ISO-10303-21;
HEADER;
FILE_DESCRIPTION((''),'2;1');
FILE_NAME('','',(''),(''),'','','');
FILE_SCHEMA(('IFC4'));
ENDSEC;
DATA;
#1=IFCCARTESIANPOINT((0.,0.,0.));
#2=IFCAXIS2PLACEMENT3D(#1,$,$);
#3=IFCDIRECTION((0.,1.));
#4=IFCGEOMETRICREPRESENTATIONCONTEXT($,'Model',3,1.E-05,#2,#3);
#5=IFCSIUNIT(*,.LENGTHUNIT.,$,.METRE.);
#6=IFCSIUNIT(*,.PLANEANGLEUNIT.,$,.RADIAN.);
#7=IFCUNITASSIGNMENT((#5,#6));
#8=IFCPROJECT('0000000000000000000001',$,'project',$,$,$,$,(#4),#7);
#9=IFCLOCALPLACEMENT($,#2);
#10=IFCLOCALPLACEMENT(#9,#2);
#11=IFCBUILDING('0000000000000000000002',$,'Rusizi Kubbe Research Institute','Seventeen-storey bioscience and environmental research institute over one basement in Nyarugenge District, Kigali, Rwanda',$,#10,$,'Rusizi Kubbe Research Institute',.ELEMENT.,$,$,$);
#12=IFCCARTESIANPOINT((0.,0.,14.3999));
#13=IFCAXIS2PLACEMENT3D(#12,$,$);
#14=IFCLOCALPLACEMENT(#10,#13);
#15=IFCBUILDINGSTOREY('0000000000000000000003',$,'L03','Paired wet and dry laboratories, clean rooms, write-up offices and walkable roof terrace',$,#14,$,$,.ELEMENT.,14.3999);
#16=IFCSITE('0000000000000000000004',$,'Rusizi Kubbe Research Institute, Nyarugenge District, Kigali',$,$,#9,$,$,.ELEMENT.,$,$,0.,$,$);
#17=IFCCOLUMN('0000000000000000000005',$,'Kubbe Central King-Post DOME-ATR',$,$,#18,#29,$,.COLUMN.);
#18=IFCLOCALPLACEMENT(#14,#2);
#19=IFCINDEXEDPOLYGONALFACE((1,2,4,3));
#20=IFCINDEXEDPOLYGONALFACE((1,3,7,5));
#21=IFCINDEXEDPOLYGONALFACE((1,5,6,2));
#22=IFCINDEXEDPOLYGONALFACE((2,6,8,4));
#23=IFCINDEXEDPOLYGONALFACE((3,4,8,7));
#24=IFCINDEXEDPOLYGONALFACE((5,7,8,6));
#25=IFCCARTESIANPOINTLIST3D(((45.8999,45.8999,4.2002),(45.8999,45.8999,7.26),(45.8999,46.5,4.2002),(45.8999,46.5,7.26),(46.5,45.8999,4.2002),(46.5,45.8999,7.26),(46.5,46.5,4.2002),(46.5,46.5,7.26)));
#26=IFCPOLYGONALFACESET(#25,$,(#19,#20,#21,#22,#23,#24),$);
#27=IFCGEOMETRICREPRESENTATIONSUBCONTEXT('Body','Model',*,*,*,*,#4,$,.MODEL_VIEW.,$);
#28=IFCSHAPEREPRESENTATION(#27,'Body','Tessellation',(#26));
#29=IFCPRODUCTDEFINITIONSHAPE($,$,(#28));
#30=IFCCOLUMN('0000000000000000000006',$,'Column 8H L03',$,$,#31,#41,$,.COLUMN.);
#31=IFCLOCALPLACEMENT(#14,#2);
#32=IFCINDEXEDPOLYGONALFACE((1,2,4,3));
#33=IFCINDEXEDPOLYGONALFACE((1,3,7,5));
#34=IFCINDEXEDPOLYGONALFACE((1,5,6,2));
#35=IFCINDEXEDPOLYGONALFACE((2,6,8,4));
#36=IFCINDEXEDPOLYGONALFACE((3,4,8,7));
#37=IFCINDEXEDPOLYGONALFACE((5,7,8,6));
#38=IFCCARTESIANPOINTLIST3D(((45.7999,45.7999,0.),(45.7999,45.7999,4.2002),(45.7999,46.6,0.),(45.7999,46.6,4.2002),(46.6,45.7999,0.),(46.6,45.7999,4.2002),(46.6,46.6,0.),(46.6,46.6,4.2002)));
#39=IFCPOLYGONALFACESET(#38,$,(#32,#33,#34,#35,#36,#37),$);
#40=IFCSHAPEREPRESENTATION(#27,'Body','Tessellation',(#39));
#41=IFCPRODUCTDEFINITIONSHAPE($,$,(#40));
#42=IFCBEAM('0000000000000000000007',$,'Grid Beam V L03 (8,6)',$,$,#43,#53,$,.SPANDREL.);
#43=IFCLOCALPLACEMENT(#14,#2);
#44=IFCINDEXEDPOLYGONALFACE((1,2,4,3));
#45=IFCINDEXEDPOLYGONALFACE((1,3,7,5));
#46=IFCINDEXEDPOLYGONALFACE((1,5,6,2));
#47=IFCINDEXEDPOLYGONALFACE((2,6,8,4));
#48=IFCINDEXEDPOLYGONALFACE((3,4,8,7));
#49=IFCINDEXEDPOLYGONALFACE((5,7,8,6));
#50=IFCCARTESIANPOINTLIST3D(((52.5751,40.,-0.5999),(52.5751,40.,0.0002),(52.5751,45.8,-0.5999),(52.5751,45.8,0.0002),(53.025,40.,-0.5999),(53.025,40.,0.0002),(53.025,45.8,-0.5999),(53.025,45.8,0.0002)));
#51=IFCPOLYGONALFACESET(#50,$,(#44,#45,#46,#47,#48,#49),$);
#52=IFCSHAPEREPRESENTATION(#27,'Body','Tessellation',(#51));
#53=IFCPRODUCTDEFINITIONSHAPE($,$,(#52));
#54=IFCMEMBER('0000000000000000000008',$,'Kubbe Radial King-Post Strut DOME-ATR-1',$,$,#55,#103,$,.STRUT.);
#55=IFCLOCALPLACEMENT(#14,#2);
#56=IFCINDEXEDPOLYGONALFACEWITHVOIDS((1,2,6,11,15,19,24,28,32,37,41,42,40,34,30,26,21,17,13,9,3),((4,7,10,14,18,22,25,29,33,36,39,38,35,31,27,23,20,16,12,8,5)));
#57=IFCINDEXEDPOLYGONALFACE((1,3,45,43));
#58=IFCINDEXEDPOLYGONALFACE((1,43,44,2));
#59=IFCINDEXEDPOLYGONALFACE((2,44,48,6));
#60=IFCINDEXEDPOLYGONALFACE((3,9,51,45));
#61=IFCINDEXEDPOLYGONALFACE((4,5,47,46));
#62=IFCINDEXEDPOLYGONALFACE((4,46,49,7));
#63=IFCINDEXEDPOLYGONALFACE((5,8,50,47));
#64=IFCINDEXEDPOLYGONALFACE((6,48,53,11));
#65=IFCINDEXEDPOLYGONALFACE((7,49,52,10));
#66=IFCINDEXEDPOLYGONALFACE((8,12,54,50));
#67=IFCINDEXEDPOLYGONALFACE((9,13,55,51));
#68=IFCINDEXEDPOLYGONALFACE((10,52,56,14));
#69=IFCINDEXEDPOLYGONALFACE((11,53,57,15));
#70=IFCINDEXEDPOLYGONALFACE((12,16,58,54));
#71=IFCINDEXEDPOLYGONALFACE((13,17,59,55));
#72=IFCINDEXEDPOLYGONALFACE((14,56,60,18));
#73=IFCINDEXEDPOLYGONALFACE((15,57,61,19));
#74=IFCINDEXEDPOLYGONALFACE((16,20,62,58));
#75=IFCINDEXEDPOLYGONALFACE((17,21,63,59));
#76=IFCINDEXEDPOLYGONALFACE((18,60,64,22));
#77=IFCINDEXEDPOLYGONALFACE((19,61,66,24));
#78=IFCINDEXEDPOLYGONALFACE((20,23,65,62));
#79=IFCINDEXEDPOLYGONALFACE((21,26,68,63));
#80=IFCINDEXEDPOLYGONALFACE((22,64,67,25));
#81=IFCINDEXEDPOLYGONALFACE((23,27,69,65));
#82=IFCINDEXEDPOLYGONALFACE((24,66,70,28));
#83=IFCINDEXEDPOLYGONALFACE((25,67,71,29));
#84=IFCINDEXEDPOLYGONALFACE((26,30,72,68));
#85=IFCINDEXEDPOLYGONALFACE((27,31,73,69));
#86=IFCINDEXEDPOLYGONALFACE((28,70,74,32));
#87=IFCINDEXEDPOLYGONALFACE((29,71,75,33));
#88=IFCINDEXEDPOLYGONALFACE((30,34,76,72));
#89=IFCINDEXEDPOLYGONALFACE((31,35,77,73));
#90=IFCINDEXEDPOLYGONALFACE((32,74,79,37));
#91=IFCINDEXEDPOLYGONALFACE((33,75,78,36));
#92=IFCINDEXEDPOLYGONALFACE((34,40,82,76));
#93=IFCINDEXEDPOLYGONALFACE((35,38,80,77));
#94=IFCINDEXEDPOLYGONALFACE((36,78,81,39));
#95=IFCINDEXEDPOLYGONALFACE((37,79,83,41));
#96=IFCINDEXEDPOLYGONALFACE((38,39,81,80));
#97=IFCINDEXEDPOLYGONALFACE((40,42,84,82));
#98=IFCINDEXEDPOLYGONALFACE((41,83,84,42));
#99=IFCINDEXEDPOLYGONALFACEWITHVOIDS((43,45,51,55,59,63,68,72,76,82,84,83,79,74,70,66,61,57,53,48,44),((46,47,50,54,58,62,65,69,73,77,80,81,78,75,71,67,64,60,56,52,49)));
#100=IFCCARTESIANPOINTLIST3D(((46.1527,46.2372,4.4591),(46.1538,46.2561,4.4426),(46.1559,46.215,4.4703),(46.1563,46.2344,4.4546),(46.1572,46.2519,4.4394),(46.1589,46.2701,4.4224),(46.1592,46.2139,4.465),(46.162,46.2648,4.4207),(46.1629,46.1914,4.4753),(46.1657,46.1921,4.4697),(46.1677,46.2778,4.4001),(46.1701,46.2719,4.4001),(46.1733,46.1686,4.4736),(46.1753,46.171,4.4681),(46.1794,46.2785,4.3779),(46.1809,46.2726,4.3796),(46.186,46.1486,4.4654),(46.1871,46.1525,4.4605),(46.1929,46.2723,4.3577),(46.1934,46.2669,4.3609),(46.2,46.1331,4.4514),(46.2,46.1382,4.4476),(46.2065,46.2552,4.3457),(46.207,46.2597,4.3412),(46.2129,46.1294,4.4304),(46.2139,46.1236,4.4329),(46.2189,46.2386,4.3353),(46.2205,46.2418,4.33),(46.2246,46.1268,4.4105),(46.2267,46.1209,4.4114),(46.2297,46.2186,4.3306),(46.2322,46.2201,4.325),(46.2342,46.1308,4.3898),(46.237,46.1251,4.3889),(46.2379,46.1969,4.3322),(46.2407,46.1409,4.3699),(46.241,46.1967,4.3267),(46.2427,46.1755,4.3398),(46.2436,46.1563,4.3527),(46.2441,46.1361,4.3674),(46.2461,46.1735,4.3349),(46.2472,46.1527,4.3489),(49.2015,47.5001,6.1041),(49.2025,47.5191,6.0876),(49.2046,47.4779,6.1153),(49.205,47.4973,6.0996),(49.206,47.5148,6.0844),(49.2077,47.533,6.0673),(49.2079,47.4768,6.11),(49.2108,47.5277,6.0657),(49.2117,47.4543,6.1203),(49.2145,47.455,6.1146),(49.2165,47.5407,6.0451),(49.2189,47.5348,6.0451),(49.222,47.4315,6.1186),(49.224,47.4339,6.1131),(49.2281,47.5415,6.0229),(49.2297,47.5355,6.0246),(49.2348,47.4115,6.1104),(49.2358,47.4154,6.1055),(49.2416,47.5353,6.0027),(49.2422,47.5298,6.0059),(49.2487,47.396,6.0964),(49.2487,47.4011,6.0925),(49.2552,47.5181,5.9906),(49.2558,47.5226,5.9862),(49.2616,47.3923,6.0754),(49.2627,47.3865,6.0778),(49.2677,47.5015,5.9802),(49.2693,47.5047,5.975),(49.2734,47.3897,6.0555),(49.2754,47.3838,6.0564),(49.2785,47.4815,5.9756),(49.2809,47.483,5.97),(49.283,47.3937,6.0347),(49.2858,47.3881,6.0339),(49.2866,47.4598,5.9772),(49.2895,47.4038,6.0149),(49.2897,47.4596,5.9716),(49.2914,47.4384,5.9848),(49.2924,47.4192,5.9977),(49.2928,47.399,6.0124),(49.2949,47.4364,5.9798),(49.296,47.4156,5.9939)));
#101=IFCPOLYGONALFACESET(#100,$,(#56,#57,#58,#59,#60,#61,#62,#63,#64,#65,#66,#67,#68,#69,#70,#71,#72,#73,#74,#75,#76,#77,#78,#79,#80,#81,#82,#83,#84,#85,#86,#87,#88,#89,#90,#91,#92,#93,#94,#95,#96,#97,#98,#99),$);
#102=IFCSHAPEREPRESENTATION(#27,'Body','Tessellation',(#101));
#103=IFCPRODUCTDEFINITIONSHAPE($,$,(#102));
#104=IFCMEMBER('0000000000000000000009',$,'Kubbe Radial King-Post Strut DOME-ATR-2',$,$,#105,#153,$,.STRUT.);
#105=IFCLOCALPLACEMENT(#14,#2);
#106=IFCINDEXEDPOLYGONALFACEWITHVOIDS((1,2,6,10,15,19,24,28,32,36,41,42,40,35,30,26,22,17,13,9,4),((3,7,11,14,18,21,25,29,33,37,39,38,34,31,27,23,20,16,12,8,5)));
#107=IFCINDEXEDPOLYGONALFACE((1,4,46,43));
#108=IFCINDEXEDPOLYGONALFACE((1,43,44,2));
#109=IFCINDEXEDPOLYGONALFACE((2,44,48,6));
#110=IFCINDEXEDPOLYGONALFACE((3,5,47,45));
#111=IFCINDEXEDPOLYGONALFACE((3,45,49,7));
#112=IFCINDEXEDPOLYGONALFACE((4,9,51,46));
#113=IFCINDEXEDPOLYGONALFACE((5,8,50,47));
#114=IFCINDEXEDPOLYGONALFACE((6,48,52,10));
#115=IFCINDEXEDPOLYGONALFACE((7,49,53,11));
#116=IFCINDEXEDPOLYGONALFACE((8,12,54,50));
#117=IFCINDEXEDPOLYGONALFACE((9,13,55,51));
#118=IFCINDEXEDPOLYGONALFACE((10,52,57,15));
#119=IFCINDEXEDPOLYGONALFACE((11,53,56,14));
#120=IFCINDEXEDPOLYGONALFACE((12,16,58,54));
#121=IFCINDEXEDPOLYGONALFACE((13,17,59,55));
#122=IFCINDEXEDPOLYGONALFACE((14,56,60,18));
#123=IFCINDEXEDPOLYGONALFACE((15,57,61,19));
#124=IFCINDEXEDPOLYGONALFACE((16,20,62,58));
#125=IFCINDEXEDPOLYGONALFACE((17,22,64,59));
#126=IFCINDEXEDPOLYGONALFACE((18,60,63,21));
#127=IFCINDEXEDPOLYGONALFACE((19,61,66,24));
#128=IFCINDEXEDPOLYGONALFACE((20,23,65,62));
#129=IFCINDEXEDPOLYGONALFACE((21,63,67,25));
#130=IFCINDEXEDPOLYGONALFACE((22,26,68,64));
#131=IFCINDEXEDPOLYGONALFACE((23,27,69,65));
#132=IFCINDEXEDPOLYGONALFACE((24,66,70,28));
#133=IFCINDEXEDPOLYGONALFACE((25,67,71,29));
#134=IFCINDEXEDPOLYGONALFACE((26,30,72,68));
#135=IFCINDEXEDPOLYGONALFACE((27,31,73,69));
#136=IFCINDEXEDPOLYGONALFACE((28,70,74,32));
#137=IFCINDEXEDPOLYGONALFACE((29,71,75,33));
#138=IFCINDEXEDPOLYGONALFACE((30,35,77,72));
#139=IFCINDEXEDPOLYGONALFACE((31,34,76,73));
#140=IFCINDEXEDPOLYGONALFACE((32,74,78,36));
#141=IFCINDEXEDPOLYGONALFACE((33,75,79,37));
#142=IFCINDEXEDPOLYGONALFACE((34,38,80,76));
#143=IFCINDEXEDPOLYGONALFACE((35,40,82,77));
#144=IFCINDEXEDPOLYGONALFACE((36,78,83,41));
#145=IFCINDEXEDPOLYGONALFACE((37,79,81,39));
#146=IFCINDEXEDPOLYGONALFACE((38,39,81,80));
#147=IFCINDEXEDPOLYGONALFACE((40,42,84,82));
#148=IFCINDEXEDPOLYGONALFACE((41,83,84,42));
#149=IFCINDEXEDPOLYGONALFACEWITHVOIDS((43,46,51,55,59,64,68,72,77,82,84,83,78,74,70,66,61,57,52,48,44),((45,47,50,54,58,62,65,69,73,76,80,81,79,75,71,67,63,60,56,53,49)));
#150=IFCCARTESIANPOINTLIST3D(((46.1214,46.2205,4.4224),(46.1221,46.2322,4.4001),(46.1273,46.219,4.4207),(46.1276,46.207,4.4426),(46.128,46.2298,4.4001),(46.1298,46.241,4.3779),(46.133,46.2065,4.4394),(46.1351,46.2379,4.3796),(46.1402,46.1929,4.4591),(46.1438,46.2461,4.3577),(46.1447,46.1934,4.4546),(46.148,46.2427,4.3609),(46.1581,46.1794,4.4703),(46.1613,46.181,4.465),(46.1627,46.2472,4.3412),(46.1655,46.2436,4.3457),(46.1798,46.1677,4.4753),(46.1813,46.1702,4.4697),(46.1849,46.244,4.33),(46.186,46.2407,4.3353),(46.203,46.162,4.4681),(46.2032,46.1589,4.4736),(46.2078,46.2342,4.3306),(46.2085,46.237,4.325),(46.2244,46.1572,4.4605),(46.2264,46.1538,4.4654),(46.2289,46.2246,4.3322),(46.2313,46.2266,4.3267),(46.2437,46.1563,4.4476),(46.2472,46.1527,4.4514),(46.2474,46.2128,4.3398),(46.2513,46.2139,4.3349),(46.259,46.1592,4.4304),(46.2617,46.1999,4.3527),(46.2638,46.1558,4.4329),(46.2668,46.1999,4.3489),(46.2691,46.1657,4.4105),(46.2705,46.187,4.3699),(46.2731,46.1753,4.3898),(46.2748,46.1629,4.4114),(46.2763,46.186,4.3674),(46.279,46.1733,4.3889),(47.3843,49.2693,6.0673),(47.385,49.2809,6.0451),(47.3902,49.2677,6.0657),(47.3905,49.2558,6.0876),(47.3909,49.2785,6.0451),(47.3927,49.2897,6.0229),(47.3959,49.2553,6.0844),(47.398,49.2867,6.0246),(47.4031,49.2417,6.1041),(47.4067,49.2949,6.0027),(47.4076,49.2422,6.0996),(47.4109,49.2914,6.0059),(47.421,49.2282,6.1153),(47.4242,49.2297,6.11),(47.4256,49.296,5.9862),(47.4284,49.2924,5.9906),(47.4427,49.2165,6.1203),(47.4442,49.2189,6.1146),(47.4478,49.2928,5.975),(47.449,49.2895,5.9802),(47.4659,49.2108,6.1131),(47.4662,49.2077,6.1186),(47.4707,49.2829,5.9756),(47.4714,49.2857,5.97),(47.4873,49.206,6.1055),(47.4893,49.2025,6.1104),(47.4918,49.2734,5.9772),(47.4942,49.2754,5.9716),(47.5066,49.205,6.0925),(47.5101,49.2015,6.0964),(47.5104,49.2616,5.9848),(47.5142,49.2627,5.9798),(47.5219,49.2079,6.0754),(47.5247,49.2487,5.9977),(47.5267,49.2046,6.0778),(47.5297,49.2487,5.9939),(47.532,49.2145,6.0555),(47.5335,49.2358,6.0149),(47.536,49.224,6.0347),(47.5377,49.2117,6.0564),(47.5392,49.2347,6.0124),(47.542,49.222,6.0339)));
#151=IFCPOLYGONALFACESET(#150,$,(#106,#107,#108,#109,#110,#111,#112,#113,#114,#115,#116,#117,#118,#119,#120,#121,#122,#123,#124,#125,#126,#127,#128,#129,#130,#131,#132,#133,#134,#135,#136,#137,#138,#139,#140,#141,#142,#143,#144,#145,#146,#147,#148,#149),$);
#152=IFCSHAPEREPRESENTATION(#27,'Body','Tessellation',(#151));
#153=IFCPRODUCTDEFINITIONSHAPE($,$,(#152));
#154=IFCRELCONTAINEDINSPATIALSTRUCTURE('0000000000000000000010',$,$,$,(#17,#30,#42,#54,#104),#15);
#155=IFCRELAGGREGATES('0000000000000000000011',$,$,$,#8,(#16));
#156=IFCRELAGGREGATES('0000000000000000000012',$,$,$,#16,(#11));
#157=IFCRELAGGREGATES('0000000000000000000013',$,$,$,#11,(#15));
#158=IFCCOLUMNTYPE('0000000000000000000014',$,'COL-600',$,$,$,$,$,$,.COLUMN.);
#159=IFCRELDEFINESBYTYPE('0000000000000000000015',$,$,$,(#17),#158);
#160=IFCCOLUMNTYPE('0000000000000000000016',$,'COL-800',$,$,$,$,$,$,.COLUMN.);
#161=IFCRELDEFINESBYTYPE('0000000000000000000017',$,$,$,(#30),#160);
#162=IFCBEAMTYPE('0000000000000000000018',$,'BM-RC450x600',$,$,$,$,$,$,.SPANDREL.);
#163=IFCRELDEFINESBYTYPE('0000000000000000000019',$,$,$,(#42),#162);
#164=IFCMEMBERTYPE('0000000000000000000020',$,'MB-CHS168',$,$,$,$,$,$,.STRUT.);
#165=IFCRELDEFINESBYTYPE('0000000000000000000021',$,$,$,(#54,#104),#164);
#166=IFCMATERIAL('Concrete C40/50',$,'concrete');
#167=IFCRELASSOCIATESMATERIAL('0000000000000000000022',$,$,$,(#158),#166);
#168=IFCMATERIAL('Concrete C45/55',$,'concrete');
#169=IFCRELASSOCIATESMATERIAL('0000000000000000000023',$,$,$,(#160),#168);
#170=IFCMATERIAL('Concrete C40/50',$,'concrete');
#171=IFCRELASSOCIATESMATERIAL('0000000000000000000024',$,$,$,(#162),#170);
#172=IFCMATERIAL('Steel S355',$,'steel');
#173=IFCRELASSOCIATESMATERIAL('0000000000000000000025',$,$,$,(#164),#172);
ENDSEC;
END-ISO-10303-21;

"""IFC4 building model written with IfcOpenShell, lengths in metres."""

from ifc_helpers import new_model, si_unit, direction, frame, origin, origin_2d, place, context, subcontext, project, spatial, rectangle, hollow_circle, extrude, material, material_profile, profile_set, type_object, element, save


model = new_model("IFC4")

# Units and contexts
model_context = context("Model", 3, precision=1e-05, world=origin(), true_north=direction((0.0, 1.0)))
body_context = subcontext(model_context, "Body", "Model", "MODEL_VIEW")
ifc_project = project(units=[si_unit("LENGTHUNIT", "METRE"), si_unit("PLANEANGLEUNIT", "RADIAN")], contexts=[model_context])

# Site, building, storey
site_placement = place(None, origin())
site = spatial("IfcSite", under=ifc_project, at=site_placement, Name="Rusizi Kubbe Research Institute, Nyarugenge District, Kigali", CompositionType="ELEMENT", RefElevation=0.0)
building_placement = place(site_placement, origin())
building = spatial("IfcBuilding", under=site, at=building_placement, Name="Rusizi Kubbe Research Institute", Description="Seventeen-storey bioscience and environmental research institute over one basement in Nyarugenge District, Kigali, Rwanda", LongName="Rusizi Kubbe Research Institute", CompositionType="ELEMENT")
storey_placement = place(building_placement, frame((0.0, 0.0, 14.3999)))
storey = spatial("IfcBuildingStorey", under=building, at=storey_placement, Name="L03", Description="Paired wet and dry laboratories, clean rooms, write-up offices and walkable roof terrace", CompositionType="ELEMENT", Elevation=14.3999)

# Columns
ifc_material_1 = material(Name="Concrete C40/50", Category="concrete")
ifc_material_profile_1 = material_profile(ifc_material_1, rectangle(XDim=0.6001, YDim=0.6001, at=origin_2d()), Name="RC600x600")
ifc_profile_set_1 = profile_set([ifc_material_profile_1], Name="Concrete C40/50")
column_type_1 = type_object("IfcColumnType", Name="COL-600", PredefinedType="COLUMN", material=ifc_profile_set_1)
column_1_placement = place(storey_placement, frame((46.2, 46.2, 4.2002), z_axis=(0.0, 0.0, 1.0), x_axis=(1.0, 0.0, 0.0)))
element("IfcColumn", 1, at=column_1_placement, inside=storey, type_object=column_type_1, Name="Kubbe Central King-Post DOME-ATR", PredefinedType="COLUMN", context=body_context, shape_type="SweptSolid", body=[
    extrude(rectangle(XDim=0.6001, YDim=0.6001, at=origin_2d()), origin(), (0.0, 0.0, 1.0), 3.0598),
])
ifc_material_2 = material(Name="Concrete C45/55", Category="concrete")
ifc_material_profile_2 = material_profile(ifc_material_2, rectangle(XDim=0.8, YDim=0.8, at=origin_2d()), Name="RC800x800")
ifc_profile_set_2 = profile_set([ifc_material_profile_2], Name="Concrete C45/55")
column_type_2 = type_object("IfcColumnType", Name="COL-800", PredefinedType="COLUMN", material=ifc_profile_set_2)
column_2_placement = place(storey_placement, frame((46.2, 46.2, 0.0), z_axis=(0.0, 0.0, 1.0), x_axis=(1.0, 0.0, 0.0)))
element("IfcColumn", 2, at=column_2_placement, inside=storey, type_object=column_type_2, Name="Column 8H L03", PredefinedType="COLUMN", context=body_context, shape_type="SweptSolid", body=[
    extrude(rectangle(XDim=0.8, YDim=0.8, at=origin_2d()), origin(), (0.0, 0.0, 1.0), 4.2002),
])

# Beam
ifc_material_3 = material(Name="Concrete C40/50", Category="concrete")
ifc_material_profile_3 = material_profile(ifc_material_3, rectangle(XDim=0.45, YDim=0.6001, at=origin_2d()), Name="RC450x600")
ifc_profile_set_3 = profile_set([ifc_material_profile_3], Name="Concrete C40/50")
beam_type = type_object("IfcBeamType", Name="BM-RC450x600", PredefinedType="SPANDREL", material=ifc_profile_set_3)
beam_placement = place(storey_placement, frame((52.8, 40.0, -0.2998), z_axis=(0.0, 1.0, 0.0), x_axis=(-1.0, 0.0, 0.0)))
element("IfcBeam", 3, at=beam_placement, inside=storey, type_object=beam_type, Name="Grid Beam V L03 (8,6)", PredefinedType="SPANDREL", context=body_context, shape_type="SweptSolid", body=[
    extrude(rectangle(XDim=0.45, YDim=0.6001, at=origin_2d()), origin(), (0.0, 0.0, 1.0), 5.8),
])

# Members
ifc_material_4 = material(Name="Steel S355", Category="steel")
ifc_material_profile_4 = material_profile(ifc_material_4, hollow_circle(Radius=0.0842, WallThickness=0.0063, at=origin_2d()), Name="CHS 168.3x6.3")
ifc_profile_set_4 = profile_set([ifc_material_profile_4], Name="Steel S355")
member_type_1 = type_object("IfcMemberType", Name="MB-CHS168", PredefinedType="STRUT", material=ifc_profile_set_4)
for number, where, z_axis, x_axis, name in (
    (4, (46.2, 46.2, 4.4001), (0.826837, 0.342507, 0.446127), (-0.382702, 0.923872, 0.0), "Kubbe Radial King-Post Strut DOME-ATR-1"),
    (5, (46.2, 46.2, 4.4001), (0.342507, 0.826837, 0.446127), (-0.923872, 0.382702, 0.0), "Kubbe Radial King-Post Strut DOME-ATR-2"),
):
    element("IfcMember", number, at=place(storey_placement, frame(where, z_axis=z_axis, x_axis=x_axis)), inside=storey, type_object=member_type_1, Name=name, PredefinedType="STRUT", context=body_context, shape_type="SweptSolid", body=[
        extrude(hollow_circle(Radius=0.0842, WallThickness=0.0063, at=origin_2d()), origin(), (0.0, 0.0, 1.0), 3.6873),
    ])

save(model, "model.ifc")
